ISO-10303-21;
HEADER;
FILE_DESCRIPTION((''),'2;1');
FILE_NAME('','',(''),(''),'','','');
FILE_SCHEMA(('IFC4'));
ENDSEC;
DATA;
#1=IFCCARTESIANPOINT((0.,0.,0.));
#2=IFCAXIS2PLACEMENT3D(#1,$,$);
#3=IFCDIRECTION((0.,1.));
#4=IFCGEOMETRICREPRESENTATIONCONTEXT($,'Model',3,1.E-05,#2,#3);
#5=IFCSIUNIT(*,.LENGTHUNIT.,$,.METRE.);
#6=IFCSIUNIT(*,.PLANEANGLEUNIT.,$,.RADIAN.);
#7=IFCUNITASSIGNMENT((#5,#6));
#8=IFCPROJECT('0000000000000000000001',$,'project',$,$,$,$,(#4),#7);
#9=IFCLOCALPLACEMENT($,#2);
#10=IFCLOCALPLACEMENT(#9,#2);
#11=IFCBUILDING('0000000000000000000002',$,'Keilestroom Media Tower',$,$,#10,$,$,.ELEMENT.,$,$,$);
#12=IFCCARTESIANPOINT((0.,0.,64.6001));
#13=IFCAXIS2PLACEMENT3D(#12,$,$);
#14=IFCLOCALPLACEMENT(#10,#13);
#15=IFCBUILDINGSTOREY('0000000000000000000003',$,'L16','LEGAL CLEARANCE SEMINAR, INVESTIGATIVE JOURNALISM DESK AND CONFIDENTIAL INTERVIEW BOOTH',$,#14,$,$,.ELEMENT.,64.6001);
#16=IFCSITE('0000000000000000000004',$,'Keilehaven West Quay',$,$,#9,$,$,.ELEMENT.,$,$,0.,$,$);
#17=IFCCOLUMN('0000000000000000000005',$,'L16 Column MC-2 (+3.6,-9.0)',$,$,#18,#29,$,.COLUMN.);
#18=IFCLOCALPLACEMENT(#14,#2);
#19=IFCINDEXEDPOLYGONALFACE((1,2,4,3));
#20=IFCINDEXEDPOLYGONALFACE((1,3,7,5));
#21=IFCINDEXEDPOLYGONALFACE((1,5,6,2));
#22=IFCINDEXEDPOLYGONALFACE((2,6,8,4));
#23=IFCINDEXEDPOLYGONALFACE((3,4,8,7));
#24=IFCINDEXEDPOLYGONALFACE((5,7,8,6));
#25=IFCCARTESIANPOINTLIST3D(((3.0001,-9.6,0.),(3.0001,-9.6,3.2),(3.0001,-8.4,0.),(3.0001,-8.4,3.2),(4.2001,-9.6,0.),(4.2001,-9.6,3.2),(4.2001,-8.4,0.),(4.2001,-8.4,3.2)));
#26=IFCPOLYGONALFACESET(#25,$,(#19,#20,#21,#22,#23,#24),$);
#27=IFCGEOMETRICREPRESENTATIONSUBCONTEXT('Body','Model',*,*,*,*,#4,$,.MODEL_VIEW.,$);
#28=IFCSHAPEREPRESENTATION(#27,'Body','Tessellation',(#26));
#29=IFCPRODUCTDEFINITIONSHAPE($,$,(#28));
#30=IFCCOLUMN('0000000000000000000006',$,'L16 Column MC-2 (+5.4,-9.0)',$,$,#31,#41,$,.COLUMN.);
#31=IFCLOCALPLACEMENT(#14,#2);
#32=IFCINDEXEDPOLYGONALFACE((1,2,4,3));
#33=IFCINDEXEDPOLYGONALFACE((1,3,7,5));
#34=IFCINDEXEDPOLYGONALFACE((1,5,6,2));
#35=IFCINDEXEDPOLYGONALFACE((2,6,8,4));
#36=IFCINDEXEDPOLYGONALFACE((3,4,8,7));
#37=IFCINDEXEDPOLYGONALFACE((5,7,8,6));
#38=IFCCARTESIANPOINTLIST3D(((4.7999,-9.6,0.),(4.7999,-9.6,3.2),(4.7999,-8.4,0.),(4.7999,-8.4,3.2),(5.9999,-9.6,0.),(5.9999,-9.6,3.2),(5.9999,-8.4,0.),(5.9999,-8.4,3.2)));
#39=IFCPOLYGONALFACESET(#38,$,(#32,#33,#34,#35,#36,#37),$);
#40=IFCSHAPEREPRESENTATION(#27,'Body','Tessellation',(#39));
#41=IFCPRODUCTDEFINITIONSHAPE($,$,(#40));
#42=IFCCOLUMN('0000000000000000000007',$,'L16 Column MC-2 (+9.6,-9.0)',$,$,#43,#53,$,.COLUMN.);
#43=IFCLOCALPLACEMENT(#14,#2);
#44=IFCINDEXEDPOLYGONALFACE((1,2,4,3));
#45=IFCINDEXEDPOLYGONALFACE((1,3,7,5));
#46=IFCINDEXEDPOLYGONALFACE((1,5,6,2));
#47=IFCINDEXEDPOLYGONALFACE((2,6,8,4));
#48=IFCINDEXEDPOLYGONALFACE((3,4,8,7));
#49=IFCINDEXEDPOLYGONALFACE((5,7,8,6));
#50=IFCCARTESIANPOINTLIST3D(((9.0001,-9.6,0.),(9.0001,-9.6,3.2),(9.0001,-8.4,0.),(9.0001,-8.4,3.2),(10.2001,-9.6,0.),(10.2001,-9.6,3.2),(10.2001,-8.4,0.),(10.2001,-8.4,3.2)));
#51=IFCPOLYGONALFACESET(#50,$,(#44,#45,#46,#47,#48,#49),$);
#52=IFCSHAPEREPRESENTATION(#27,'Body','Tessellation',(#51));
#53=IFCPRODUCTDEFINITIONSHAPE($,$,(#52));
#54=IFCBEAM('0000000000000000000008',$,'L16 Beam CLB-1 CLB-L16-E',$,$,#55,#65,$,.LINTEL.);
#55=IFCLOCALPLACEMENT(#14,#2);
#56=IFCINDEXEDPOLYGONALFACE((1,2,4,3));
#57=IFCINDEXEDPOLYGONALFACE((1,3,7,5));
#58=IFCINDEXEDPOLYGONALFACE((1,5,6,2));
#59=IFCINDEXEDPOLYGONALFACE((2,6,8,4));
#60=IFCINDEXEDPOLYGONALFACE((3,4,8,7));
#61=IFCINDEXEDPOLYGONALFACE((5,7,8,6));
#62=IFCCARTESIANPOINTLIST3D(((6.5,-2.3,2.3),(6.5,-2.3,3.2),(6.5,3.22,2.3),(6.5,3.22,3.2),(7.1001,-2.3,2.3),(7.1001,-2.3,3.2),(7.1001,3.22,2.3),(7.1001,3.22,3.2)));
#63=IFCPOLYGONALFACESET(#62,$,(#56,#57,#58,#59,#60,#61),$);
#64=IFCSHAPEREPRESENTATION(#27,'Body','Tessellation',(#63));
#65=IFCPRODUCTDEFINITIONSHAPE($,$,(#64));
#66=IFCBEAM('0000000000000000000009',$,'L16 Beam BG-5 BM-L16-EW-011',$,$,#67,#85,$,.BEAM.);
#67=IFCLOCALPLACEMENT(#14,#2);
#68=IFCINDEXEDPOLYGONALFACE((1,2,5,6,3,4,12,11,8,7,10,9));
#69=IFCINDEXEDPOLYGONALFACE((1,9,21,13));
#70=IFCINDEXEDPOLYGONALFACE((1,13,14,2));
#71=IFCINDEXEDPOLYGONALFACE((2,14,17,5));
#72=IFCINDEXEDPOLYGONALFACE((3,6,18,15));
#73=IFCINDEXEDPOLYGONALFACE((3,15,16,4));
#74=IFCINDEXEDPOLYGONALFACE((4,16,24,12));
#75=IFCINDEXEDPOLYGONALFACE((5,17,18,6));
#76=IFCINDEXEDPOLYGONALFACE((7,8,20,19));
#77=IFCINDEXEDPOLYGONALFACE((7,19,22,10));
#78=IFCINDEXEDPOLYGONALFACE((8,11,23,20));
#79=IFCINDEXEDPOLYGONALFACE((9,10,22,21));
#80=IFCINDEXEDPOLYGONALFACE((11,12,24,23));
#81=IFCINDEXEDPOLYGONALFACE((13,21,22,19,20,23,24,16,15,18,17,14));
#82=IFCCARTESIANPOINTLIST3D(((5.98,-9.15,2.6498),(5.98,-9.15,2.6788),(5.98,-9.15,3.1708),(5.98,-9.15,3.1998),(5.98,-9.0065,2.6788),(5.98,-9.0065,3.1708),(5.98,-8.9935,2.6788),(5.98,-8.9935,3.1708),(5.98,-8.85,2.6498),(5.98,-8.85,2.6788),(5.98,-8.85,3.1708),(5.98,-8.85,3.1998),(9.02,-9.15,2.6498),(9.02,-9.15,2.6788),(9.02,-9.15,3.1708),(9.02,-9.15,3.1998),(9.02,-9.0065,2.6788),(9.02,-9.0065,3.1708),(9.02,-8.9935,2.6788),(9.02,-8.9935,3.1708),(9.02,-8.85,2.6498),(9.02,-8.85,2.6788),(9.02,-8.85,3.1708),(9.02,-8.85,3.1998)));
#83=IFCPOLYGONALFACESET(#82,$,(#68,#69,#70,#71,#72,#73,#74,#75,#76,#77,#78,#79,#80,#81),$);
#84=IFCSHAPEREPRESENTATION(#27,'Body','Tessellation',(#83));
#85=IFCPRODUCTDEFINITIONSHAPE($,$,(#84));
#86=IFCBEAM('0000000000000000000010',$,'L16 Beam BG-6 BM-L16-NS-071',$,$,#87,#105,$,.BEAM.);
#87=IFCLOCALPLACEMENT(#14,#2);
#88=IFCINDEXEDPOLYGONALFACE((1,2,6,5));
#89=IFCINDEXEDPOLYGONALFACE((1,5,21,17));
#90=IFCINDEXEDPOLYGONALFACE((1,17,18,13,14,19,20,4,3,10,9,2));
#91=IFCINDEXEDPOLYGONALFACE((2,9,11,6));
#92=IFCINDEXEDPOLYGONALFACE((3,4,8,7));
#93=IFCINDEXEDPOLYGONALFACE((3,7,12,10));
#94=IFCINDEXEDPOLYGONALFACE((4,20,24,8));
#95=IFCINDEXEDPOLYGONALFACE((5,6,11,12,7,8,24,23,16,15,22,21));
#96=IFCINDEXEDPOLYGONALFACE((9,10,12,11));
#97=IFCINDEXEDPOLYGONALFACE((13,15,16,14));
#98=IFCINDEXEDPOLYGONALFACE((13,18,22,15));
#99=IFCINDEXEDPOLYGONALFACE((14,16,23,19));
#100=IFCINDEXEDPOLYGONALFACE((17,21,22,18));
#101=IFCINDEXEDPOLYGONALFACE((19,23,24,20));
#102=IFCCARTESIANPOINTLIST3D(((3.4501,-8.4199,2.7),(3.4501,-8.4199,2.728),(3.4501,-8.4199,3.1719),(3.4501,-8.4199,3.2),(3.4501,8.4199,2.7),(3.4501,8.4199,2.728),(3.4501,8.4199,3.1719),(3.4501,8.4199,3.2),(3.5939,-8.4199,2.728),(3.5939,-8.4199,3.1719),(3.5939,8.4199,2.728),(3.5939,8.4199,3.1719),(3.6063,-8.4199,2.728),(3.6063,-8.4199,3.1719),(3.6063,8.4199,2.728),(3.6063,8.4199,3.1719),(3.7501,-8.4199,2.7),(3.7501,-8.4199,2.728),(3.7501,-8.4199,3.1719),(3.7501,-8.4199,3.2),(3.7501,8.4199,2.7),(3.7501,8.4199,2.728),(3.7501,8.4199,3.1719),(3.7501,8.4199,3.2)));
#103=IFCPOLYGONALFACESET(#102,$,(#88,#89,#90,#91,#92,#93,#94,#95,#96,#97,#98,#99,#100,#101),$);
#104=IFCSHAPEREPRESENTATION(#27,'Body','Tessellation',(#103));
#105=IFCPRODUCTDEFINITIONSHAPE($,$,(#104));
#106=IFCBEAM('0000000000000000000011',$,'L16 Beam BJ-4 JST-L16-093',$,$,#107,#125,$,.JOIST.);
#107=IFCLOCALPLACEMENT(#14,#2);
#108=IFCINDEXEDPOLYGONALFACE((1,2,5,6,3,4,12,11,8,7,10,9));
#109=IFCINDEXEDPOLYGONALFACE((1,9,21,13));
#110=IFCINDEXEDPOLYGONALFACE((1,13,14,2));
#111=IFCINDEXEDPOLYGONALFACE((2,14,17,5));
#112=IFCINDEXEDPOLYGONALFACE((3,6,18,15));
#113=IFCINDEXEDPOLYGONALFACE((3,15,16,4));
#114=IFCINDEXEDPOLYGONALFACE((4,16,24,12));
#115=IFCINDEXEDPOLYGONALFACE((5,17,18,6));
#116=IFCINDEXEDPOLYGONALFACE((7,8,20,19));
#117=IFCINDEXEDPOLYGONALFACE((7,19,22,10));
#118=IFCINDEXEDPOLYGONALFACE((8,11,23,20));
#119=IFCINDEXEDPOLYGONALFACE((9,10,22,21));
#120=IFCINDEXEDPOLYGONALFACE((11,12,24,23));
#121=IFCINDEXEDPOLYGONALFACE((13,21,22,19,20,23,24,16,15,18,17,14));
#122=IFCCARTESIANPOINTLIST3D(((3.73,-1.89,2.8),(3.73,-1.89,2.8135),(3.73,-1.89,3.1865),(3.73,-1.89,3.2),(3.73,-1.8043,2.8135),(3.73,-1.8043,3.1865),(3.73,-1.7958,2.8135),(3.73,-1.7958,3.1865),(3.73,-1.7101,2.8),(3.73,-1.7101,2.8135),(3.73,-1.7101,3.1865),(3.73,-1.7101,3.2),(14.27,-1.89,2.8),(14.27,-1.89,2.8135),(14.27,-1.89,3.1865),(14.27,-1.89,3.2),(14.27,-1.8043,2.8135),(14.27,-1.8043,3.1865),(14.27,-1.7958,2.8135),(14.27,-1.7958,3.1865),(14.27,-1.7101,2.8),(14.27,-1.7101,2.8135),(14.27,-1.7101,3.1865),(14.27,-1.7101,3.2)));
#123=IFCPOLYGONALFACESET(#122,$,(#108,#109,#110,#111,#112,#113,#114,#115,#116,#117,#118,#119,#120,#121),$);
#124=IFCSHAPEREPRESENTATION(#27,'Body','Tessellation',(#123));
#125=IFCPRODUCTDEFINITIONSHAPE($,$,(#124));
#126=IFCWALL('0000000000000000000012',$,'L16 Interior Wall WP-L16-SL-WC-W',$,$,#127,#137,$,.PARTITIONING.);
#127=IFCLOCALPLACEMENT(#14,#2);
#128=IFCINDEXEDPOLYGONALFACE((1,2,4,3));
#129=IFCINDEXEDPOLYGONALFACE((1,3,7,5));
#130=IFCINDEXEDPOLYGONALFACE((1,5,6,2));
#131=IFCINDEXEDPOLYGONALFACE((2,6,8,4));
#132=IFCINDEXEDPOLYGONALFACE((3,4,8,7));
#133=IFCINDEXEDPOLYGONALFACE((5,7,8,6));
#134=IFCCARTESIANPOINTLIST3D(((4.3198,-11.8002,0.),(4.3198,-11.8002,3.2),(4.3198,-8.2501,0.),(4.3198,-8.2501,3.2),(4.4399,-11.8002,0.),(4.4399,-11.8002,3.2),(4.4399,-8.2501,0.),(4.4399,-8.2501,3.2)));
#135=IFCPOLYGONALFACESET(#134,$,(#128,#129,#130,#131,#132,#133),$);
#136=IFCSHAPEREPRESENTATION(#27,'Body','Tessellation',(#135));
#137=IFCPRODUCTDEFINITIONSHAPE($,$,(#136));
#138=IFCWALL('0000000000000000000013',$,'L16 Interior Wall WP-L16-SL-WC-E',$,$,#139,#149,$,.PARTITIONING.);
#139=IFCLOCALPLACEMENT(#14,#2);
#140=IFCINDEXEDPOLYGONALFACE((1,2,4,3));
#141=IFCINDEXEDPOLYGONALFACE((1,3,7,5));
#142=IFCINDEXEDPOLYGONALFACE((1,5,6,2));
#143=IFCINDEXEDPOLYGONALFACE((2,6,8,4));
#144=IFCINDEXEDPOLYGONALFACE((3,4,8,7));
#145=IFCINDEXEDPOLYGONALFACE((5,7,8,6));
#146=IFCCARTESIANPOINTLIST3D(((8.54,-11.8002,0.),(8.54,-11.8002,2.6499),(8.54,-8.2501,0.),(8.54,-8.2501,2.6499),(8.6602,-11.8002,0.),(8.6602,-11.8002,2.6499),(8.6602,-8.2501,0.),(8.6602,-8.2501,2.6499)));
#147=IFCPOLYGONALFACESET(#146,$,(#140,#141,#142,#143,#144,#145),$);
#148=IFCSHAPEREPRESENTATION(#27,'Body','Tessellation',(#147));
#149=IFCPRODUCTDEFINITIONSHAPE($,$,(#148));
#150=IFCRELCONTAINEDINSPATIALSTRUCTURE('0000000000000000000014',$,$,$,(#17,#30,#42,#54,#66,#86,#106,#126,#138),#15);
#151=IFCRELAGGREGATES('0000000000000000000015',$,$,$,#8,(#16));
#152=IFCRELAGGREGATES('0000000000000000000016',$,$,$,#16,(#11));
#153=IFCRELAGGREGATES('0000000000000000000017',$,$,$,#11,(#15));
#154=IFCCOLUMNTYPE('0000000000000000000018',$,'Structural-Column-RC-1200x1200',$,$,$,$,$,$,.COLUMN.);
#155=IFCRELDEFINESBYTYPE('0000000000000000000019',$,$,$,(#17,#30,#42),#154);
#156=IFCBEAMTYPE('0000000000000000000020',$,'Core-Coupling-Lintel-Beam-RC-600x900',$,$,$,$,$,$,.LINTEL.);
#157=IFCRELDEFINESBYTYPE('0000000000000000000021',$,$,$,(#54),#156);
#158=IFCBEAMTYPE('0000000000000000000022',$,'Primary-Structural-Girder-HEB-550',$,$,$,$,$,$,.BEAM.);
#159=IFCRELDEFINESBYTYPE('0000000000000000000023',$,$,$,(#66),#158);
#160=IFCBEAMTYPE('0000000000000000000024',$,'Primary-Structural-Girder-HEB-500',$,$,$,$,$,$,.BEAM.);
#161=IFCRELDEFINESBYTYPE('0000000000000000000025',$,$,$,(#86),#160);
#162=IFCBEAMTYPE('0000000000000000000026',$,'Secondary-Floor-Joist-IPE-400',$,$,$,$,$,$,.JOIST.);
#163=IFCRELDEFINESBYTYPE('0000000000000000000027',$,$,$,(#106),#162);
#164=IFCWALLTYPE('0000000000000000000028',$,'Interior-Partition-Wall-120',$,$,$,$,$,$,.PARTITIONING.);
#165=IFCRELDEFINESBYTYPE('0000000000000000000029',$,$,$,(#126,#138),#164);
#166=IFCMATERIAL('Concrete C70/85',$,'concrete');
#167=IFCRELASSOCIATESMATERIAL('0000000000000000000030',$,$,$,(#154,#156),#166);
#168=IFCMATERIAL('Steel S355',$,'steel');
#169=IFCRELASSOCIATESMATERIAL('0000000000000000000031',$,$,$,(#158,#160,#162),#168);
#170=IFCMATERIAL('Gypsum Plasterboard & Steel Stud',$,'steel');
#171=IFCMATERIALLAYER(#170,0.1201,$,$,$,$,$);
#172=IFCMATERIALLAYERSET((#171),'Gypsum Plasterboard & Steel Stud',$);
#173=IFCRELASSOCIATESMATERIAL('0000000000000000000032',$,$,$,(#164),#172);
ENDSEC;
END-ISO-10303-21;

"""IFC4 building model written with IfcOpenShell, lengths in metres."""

from ifc_helpers import new_model, si_unit, direction, frame, frame_2d, origin, origin_2d, place, context, subcontext, project, spatial, rectangle, i_section, extrude, source, transform, mapped, material, layer, layer_set, material_profile, profile_set, type_object, element, save


model = new_model("IFC4")

# Units and contexts
model_context = context("Model", 3, precision=1e-05, world=origin(), true_north=direction((0.0, 1.0)))
body_context = subcontext(model_context, "Body", "Model", "MODEL_VIEW")
ifc_project = project(units=[si_unit("LENGTHUNIT", "METRE"), si_unit("PLANEANGLEUNIT", "RADIAN")], contexts=[model_context])

# Site, building, storey
site_placement = place(None, origin())
site = spatial("IfcSite", under=ifc_project, at=site_placement, Name="Keilehaven West Quay", CompositionType="ELEMENT", RefElevation=0.0)
building_placement = place(site_placement, origin())
building = spatial("IfcBuilding", under=site, at=building_placement, Name="Keilestroom Media Tower", CompositionType="ELEMENT")
storey_placement = place(building_placement, frame((0.0, 0.0, 64.6001)))
storey = spatial("IfcBuildingStorey", under=building, at=storey_placement, Name="L16", Description="LEGAL CLEARANCE SEMINAR, INVESTIGATIVE JOURNALISM DESK AND CONFIDENTIAL INTERVIEW BOOTH", CompositionType="ELEMENT", Elevation=64.6001)

# Columns
ifc_material_1 = material(Name="Concrete C70/85", Category="concrete")
ifc_material_profile_1 = material_profile(ifc_material_1, rectangle(XDim=1.2, YDim=1.2, at=origin_2d()), Name="RC 1200x1200")
ifc_profile_set_1 = profile_set([ifc_material_profile_1], Name="Concrete C70/85")
column_type = type_object("IfcColumnType", Name="Structural-Column-RC-1200x1200", PredefinedType="COLUMN", material=ifc_profile_set_1)
shared_shape_1 = source(origin(), body_context, "Body", "SweptSolid", [
    extrude(rectangle(XDim=1.2, YDim=1.2, at=origin_2d()), origin(), (0.0, 0.0, 1.0), 3.2),
])
for number, where, z_axis, x_axis, name in (
    (1, (3.6001, -9.0, 0.0), (0.0, 0.0, 1.0), (1.0, 0.0, 0.0), "L16 Column MC-2 (+3.6,-9.0)"),
    (2, (5.3999, -9.0, 0.0), (0.0, 0.0, 1.0), (1.0, 0.0, 0.0), "L16 Column MC-2 (+5.4,-9.0)"),
    (3, (9.6001, -9.0, 0.0), (0.0, 0.0, 1.0), (1.0, 0.0, 0.0), "L16 Column MC-2 (+9.6,-9.0)"),
):
    element("IfcColumn", number, at=place(storey_placement, frame(where, z_axis=z_axis, x_axis=x_axis)), inside=storey, type_object=column_type, Name=name, PredefinedType="COLUMN", context=body_context, shape_type="MappedRepresentation", body=[
        mapped(shared_shape_1, transform((0.0, 0.0, 0.0), x_axis=(1.0, 0.0, 0.0), y_axis=(0.0, 1.0, 0.0), z_axis=(0.0, 0.0, 1.0), scale=1.0)),
    ])

# Beams
ifc_material_profile_2 = material_profile(ifc_material_1, rectangle(XDim=0.6001, YDim=0.8999, at=origin_2d()), Name="RC 600x900")
ifc_profile_set_2 = profile_set([ifc_material_profile_2], Name="Concrete C70/85")
beam_type_1 = type_object("IfcBeamType", Name="Core-Coupling-Lintel-Beam-RC-600x900", PredefinedType="LINTEL", material=ifc_profile_set_2)
shared_shape_2 = source(origin(), body_context, "Body", "SweptSolid", [
    extrude(rectangle(XDim=0.6001, YDim=0.8999, at=origin_2d()), origin(), (0.0, 0.0, 1.0), 5.52),
])
beam_1_placement = place(storey_placement, frame((6.8, -2.3, 2.75), z_axis=(0.0, 1.0, 0.0), x_axis=(-1.0, 0.0, 0.0)))
element("IfcBeam", 4, at=beam_1_placement, inside=storey, type_object=beam_type_1, Name="L16 Beam CLB-1 CLB-L16-E", PredefinedType="LINTEL", context=body_context, shape_type="MappedRepresentation", body=[
    mapped(shared_shape_2, transform((0.0, 0.0, 0.0), x_axis=(1.0, 0.0, 0.0), y_axis=(0.0, 1.0, 0.0), z_axis=(0.0, 0.0, 1.0), scale=1.0)),
])
ifc_material_2 = material(Name="Steel S355", Category="steel")
ifc_material_profile_3 = material_profile(ifc_material_2, i_section(OverallWidth=0.3, OverallDepth=0.55, WebThickness=0.0129, FlangeThickness=0.0291, at=origin_2d()), Name="HEB 550")
ifc_profile_set_3 = profile_set([ifc_material_profile_3], Name="Steel S355")
beam_type_2 = type_object("IfcBeamType", Name="Primary-Structural-Girder-HEB-550", PredefinedType="BEAM", material=ifc_profile_set_3)
shared_shape_3 = source(origin(), body_context, "Body", "SweptSolid", [
    extrude(i_section(OverallWidth=0.3, OverallDepth=0.55, WebThickness=0.0129, FlangeThickness=0.0291, at=origin_2d()), origin(), (0.0, 0.0, 1.0), 3.04),
])
beam_2_placement = place(storey_placement, frame((5.98, -9.0, 2.9248), z_axis=(1.0, 0.0, 0.0), x_axis=(0.0, 1.0, 0.0)))
element("IfcBeam", 5, at=beam_2_placement, inside=storey, type_object=beam_type_2, Name="L16 Beam BG-5 BM-L16-EW-011", PredefinedType="BEAM", context=body_context, shape_type="MappedRepresentation", body=[
    mapped(shared_shape_3, transform((0.0, 0.0, 0.0), x_axis=(1.0, 0.0, 0.0), y_axis=(0.0, 1.0, 0.0), z_axis=(0.0, 0.0, 1.0), scale=1.0)),
])
ifc_material_profile_4 = material_profile(ifc_material_2, i_section(OverallWidth=0.3, OverallDepth=0.5, WebThickness=0.0125, FlangeThickness=0.0281, at=origin_2d()), Name="HEB 500")
ifc_profile_set_4 = profile_set([ifc_material_profile_4], Name="Steel S355")
beam_type_3 = type_object("IfcBeamType", Name="Primary-Structural-Girder-HEB-500", PredefinedType="BEAM", material=ifc_profile_set_4)
shared_shape_4 = source(origin(), body_context, "Body", "SweptSolid", [
    extrude(i_section(OverallWidth=0.3, OverallDepth=0.5, WebThickness=0.0125, FlangeThickness=0.0281, at=origin_2d()), origin(), (0.0, 0.0, 1.0), 16.8398),
])
beam_3_placement = place(storey_placement, frame((3.6001, -8.4199, 2.95), z_axis=(0.0, 1.0, 0.0), x_axis=(-1.0, 0.0, 0.0)))
element("IfcBeam", 6, at=beam_3_placement, inside=storey, type_object=beam_type_3, Name="L16 Beam BG-6 BM-L16-NS-071", PredefinedType="BEAM", context=body_context, shape_type="MappedRepresentation", body=[
    mapped(shared_shape_4, transform((0.0, 0.0, 0.0), x_axis=(1.0, 0.0, 0.0), y_axis=(0.0, 1.0, 0.0), z_axis=(0.0, 0.0, 1.0), scale=1.0)),
])
ifc_material_profile_5 = material_profile(ifc_material_2, i_section(OverallWidth=0.1799, OverallDepth=0.3999, WebThickness=0.0085, FlangeThickness=0.0134, at=origin_2d()), Name="IPE 400")
ifc_profile_set_5 = profile_set([ifc_material_profile_5], Name="Steel S355")
beam_type_4 = type_object("IfcBeamType", Name="Secondary-Floor-Joist-IPE-400", PredefinedType="JOIST", material=ifc_profile_set_5)
shared_shape_5 = source(origin(), body_context, "Body", "SweptSolid", [
    extrude(i_section(OverallWidth=0.1799, OverallDepth=0.3999, WebThickness=0.0085, FlangeThickness=0.0134, at=origin_2d()), origin(), (0.0, 0.0, 1.0), 10.54),
])
beam_4_placement = place(storey_placement, frame((3.73, -1.8, 3.0), z_axis=(1.0, 0.0, 0.0), x_axis=(0.0, 1.0, 0.0)))
element("IfcBeam", 7, at=beam_4_placement, inside=storey, type_object=beam_type_4, Name="L16 Beam BJ-4 JST-L16-093", PredefinedType="JOIST", context=body_context, shape_type="MappedRepresentation", body=[
    mapped(shared_shape_5, transform((0.0, 0.0, 0.0), x_axis=(1.0, 0.0, 0.0), y_axis=(0.0, 1.0, 0.0), z_axis=(0.0, 0.0, 1.0), scale=1.0)),
])

# Walls
ifc_material_3 = material(Name="Gypsum Plasterboard & Steel Stud", Category="steel")
ifc_layer_1 = layer(ifc_material_3, 0.1201)
ifc_layer_set_1 = layer_set([ifc_layer_1], Name="Gypsum Plasterboard & Steel Stud")
wall_type_1 = type_object("IfcWallType", Name="Interior-Partition-Wall-120", PredefinedType="PARTITIONING", material=ifc_layer_set_1)
wall_1_placement = place(storey_placement, frame((4.3799, -11.8, 0.0), z_axis=(0.0, 0.0, 1.0), x_axis=(0.0, 1.0, 0.0)))
element("IfcWall", 8, at=wall_1_placement, inside=storey, type_object=wall_type_1, Name="L16 Interior Wall WP-L16-SL-WC-W", PredefinedType="PARTITIONING", context=body_context, shape_type="SweptSolid", body=[
    extrude(rectangle(XDim=3.55, YDim=0.1201, at=frame_2d((1.7749, 0.0))), origin(), (0.0, 0.0, 1.0), 3.2),
])
wall_2_placement = place(storey_placement, frame((8.6001, -11.8, 0.0), z_axis=(0.0, 0.0, 1.0), x_axis=(0.0, 1.0, 0.0)))
element("IfcWall", 9, at=wall_2_placement, inside=storey, type_object=wall_type_1, Name="L16 Interior Wall WP-L16-SL-WC-E", PredefinedType="PARTITIONING", context=body_context, shape_type="SweptSolid", body=[
    extrude(rectangle(XDim=3.55, YDim=0.1201, at=frame_2d((1.7749, 0.0))), origin(), (0.0, 0.0, 1.0), 2.6499),
])

save(model, "model.ifc")
